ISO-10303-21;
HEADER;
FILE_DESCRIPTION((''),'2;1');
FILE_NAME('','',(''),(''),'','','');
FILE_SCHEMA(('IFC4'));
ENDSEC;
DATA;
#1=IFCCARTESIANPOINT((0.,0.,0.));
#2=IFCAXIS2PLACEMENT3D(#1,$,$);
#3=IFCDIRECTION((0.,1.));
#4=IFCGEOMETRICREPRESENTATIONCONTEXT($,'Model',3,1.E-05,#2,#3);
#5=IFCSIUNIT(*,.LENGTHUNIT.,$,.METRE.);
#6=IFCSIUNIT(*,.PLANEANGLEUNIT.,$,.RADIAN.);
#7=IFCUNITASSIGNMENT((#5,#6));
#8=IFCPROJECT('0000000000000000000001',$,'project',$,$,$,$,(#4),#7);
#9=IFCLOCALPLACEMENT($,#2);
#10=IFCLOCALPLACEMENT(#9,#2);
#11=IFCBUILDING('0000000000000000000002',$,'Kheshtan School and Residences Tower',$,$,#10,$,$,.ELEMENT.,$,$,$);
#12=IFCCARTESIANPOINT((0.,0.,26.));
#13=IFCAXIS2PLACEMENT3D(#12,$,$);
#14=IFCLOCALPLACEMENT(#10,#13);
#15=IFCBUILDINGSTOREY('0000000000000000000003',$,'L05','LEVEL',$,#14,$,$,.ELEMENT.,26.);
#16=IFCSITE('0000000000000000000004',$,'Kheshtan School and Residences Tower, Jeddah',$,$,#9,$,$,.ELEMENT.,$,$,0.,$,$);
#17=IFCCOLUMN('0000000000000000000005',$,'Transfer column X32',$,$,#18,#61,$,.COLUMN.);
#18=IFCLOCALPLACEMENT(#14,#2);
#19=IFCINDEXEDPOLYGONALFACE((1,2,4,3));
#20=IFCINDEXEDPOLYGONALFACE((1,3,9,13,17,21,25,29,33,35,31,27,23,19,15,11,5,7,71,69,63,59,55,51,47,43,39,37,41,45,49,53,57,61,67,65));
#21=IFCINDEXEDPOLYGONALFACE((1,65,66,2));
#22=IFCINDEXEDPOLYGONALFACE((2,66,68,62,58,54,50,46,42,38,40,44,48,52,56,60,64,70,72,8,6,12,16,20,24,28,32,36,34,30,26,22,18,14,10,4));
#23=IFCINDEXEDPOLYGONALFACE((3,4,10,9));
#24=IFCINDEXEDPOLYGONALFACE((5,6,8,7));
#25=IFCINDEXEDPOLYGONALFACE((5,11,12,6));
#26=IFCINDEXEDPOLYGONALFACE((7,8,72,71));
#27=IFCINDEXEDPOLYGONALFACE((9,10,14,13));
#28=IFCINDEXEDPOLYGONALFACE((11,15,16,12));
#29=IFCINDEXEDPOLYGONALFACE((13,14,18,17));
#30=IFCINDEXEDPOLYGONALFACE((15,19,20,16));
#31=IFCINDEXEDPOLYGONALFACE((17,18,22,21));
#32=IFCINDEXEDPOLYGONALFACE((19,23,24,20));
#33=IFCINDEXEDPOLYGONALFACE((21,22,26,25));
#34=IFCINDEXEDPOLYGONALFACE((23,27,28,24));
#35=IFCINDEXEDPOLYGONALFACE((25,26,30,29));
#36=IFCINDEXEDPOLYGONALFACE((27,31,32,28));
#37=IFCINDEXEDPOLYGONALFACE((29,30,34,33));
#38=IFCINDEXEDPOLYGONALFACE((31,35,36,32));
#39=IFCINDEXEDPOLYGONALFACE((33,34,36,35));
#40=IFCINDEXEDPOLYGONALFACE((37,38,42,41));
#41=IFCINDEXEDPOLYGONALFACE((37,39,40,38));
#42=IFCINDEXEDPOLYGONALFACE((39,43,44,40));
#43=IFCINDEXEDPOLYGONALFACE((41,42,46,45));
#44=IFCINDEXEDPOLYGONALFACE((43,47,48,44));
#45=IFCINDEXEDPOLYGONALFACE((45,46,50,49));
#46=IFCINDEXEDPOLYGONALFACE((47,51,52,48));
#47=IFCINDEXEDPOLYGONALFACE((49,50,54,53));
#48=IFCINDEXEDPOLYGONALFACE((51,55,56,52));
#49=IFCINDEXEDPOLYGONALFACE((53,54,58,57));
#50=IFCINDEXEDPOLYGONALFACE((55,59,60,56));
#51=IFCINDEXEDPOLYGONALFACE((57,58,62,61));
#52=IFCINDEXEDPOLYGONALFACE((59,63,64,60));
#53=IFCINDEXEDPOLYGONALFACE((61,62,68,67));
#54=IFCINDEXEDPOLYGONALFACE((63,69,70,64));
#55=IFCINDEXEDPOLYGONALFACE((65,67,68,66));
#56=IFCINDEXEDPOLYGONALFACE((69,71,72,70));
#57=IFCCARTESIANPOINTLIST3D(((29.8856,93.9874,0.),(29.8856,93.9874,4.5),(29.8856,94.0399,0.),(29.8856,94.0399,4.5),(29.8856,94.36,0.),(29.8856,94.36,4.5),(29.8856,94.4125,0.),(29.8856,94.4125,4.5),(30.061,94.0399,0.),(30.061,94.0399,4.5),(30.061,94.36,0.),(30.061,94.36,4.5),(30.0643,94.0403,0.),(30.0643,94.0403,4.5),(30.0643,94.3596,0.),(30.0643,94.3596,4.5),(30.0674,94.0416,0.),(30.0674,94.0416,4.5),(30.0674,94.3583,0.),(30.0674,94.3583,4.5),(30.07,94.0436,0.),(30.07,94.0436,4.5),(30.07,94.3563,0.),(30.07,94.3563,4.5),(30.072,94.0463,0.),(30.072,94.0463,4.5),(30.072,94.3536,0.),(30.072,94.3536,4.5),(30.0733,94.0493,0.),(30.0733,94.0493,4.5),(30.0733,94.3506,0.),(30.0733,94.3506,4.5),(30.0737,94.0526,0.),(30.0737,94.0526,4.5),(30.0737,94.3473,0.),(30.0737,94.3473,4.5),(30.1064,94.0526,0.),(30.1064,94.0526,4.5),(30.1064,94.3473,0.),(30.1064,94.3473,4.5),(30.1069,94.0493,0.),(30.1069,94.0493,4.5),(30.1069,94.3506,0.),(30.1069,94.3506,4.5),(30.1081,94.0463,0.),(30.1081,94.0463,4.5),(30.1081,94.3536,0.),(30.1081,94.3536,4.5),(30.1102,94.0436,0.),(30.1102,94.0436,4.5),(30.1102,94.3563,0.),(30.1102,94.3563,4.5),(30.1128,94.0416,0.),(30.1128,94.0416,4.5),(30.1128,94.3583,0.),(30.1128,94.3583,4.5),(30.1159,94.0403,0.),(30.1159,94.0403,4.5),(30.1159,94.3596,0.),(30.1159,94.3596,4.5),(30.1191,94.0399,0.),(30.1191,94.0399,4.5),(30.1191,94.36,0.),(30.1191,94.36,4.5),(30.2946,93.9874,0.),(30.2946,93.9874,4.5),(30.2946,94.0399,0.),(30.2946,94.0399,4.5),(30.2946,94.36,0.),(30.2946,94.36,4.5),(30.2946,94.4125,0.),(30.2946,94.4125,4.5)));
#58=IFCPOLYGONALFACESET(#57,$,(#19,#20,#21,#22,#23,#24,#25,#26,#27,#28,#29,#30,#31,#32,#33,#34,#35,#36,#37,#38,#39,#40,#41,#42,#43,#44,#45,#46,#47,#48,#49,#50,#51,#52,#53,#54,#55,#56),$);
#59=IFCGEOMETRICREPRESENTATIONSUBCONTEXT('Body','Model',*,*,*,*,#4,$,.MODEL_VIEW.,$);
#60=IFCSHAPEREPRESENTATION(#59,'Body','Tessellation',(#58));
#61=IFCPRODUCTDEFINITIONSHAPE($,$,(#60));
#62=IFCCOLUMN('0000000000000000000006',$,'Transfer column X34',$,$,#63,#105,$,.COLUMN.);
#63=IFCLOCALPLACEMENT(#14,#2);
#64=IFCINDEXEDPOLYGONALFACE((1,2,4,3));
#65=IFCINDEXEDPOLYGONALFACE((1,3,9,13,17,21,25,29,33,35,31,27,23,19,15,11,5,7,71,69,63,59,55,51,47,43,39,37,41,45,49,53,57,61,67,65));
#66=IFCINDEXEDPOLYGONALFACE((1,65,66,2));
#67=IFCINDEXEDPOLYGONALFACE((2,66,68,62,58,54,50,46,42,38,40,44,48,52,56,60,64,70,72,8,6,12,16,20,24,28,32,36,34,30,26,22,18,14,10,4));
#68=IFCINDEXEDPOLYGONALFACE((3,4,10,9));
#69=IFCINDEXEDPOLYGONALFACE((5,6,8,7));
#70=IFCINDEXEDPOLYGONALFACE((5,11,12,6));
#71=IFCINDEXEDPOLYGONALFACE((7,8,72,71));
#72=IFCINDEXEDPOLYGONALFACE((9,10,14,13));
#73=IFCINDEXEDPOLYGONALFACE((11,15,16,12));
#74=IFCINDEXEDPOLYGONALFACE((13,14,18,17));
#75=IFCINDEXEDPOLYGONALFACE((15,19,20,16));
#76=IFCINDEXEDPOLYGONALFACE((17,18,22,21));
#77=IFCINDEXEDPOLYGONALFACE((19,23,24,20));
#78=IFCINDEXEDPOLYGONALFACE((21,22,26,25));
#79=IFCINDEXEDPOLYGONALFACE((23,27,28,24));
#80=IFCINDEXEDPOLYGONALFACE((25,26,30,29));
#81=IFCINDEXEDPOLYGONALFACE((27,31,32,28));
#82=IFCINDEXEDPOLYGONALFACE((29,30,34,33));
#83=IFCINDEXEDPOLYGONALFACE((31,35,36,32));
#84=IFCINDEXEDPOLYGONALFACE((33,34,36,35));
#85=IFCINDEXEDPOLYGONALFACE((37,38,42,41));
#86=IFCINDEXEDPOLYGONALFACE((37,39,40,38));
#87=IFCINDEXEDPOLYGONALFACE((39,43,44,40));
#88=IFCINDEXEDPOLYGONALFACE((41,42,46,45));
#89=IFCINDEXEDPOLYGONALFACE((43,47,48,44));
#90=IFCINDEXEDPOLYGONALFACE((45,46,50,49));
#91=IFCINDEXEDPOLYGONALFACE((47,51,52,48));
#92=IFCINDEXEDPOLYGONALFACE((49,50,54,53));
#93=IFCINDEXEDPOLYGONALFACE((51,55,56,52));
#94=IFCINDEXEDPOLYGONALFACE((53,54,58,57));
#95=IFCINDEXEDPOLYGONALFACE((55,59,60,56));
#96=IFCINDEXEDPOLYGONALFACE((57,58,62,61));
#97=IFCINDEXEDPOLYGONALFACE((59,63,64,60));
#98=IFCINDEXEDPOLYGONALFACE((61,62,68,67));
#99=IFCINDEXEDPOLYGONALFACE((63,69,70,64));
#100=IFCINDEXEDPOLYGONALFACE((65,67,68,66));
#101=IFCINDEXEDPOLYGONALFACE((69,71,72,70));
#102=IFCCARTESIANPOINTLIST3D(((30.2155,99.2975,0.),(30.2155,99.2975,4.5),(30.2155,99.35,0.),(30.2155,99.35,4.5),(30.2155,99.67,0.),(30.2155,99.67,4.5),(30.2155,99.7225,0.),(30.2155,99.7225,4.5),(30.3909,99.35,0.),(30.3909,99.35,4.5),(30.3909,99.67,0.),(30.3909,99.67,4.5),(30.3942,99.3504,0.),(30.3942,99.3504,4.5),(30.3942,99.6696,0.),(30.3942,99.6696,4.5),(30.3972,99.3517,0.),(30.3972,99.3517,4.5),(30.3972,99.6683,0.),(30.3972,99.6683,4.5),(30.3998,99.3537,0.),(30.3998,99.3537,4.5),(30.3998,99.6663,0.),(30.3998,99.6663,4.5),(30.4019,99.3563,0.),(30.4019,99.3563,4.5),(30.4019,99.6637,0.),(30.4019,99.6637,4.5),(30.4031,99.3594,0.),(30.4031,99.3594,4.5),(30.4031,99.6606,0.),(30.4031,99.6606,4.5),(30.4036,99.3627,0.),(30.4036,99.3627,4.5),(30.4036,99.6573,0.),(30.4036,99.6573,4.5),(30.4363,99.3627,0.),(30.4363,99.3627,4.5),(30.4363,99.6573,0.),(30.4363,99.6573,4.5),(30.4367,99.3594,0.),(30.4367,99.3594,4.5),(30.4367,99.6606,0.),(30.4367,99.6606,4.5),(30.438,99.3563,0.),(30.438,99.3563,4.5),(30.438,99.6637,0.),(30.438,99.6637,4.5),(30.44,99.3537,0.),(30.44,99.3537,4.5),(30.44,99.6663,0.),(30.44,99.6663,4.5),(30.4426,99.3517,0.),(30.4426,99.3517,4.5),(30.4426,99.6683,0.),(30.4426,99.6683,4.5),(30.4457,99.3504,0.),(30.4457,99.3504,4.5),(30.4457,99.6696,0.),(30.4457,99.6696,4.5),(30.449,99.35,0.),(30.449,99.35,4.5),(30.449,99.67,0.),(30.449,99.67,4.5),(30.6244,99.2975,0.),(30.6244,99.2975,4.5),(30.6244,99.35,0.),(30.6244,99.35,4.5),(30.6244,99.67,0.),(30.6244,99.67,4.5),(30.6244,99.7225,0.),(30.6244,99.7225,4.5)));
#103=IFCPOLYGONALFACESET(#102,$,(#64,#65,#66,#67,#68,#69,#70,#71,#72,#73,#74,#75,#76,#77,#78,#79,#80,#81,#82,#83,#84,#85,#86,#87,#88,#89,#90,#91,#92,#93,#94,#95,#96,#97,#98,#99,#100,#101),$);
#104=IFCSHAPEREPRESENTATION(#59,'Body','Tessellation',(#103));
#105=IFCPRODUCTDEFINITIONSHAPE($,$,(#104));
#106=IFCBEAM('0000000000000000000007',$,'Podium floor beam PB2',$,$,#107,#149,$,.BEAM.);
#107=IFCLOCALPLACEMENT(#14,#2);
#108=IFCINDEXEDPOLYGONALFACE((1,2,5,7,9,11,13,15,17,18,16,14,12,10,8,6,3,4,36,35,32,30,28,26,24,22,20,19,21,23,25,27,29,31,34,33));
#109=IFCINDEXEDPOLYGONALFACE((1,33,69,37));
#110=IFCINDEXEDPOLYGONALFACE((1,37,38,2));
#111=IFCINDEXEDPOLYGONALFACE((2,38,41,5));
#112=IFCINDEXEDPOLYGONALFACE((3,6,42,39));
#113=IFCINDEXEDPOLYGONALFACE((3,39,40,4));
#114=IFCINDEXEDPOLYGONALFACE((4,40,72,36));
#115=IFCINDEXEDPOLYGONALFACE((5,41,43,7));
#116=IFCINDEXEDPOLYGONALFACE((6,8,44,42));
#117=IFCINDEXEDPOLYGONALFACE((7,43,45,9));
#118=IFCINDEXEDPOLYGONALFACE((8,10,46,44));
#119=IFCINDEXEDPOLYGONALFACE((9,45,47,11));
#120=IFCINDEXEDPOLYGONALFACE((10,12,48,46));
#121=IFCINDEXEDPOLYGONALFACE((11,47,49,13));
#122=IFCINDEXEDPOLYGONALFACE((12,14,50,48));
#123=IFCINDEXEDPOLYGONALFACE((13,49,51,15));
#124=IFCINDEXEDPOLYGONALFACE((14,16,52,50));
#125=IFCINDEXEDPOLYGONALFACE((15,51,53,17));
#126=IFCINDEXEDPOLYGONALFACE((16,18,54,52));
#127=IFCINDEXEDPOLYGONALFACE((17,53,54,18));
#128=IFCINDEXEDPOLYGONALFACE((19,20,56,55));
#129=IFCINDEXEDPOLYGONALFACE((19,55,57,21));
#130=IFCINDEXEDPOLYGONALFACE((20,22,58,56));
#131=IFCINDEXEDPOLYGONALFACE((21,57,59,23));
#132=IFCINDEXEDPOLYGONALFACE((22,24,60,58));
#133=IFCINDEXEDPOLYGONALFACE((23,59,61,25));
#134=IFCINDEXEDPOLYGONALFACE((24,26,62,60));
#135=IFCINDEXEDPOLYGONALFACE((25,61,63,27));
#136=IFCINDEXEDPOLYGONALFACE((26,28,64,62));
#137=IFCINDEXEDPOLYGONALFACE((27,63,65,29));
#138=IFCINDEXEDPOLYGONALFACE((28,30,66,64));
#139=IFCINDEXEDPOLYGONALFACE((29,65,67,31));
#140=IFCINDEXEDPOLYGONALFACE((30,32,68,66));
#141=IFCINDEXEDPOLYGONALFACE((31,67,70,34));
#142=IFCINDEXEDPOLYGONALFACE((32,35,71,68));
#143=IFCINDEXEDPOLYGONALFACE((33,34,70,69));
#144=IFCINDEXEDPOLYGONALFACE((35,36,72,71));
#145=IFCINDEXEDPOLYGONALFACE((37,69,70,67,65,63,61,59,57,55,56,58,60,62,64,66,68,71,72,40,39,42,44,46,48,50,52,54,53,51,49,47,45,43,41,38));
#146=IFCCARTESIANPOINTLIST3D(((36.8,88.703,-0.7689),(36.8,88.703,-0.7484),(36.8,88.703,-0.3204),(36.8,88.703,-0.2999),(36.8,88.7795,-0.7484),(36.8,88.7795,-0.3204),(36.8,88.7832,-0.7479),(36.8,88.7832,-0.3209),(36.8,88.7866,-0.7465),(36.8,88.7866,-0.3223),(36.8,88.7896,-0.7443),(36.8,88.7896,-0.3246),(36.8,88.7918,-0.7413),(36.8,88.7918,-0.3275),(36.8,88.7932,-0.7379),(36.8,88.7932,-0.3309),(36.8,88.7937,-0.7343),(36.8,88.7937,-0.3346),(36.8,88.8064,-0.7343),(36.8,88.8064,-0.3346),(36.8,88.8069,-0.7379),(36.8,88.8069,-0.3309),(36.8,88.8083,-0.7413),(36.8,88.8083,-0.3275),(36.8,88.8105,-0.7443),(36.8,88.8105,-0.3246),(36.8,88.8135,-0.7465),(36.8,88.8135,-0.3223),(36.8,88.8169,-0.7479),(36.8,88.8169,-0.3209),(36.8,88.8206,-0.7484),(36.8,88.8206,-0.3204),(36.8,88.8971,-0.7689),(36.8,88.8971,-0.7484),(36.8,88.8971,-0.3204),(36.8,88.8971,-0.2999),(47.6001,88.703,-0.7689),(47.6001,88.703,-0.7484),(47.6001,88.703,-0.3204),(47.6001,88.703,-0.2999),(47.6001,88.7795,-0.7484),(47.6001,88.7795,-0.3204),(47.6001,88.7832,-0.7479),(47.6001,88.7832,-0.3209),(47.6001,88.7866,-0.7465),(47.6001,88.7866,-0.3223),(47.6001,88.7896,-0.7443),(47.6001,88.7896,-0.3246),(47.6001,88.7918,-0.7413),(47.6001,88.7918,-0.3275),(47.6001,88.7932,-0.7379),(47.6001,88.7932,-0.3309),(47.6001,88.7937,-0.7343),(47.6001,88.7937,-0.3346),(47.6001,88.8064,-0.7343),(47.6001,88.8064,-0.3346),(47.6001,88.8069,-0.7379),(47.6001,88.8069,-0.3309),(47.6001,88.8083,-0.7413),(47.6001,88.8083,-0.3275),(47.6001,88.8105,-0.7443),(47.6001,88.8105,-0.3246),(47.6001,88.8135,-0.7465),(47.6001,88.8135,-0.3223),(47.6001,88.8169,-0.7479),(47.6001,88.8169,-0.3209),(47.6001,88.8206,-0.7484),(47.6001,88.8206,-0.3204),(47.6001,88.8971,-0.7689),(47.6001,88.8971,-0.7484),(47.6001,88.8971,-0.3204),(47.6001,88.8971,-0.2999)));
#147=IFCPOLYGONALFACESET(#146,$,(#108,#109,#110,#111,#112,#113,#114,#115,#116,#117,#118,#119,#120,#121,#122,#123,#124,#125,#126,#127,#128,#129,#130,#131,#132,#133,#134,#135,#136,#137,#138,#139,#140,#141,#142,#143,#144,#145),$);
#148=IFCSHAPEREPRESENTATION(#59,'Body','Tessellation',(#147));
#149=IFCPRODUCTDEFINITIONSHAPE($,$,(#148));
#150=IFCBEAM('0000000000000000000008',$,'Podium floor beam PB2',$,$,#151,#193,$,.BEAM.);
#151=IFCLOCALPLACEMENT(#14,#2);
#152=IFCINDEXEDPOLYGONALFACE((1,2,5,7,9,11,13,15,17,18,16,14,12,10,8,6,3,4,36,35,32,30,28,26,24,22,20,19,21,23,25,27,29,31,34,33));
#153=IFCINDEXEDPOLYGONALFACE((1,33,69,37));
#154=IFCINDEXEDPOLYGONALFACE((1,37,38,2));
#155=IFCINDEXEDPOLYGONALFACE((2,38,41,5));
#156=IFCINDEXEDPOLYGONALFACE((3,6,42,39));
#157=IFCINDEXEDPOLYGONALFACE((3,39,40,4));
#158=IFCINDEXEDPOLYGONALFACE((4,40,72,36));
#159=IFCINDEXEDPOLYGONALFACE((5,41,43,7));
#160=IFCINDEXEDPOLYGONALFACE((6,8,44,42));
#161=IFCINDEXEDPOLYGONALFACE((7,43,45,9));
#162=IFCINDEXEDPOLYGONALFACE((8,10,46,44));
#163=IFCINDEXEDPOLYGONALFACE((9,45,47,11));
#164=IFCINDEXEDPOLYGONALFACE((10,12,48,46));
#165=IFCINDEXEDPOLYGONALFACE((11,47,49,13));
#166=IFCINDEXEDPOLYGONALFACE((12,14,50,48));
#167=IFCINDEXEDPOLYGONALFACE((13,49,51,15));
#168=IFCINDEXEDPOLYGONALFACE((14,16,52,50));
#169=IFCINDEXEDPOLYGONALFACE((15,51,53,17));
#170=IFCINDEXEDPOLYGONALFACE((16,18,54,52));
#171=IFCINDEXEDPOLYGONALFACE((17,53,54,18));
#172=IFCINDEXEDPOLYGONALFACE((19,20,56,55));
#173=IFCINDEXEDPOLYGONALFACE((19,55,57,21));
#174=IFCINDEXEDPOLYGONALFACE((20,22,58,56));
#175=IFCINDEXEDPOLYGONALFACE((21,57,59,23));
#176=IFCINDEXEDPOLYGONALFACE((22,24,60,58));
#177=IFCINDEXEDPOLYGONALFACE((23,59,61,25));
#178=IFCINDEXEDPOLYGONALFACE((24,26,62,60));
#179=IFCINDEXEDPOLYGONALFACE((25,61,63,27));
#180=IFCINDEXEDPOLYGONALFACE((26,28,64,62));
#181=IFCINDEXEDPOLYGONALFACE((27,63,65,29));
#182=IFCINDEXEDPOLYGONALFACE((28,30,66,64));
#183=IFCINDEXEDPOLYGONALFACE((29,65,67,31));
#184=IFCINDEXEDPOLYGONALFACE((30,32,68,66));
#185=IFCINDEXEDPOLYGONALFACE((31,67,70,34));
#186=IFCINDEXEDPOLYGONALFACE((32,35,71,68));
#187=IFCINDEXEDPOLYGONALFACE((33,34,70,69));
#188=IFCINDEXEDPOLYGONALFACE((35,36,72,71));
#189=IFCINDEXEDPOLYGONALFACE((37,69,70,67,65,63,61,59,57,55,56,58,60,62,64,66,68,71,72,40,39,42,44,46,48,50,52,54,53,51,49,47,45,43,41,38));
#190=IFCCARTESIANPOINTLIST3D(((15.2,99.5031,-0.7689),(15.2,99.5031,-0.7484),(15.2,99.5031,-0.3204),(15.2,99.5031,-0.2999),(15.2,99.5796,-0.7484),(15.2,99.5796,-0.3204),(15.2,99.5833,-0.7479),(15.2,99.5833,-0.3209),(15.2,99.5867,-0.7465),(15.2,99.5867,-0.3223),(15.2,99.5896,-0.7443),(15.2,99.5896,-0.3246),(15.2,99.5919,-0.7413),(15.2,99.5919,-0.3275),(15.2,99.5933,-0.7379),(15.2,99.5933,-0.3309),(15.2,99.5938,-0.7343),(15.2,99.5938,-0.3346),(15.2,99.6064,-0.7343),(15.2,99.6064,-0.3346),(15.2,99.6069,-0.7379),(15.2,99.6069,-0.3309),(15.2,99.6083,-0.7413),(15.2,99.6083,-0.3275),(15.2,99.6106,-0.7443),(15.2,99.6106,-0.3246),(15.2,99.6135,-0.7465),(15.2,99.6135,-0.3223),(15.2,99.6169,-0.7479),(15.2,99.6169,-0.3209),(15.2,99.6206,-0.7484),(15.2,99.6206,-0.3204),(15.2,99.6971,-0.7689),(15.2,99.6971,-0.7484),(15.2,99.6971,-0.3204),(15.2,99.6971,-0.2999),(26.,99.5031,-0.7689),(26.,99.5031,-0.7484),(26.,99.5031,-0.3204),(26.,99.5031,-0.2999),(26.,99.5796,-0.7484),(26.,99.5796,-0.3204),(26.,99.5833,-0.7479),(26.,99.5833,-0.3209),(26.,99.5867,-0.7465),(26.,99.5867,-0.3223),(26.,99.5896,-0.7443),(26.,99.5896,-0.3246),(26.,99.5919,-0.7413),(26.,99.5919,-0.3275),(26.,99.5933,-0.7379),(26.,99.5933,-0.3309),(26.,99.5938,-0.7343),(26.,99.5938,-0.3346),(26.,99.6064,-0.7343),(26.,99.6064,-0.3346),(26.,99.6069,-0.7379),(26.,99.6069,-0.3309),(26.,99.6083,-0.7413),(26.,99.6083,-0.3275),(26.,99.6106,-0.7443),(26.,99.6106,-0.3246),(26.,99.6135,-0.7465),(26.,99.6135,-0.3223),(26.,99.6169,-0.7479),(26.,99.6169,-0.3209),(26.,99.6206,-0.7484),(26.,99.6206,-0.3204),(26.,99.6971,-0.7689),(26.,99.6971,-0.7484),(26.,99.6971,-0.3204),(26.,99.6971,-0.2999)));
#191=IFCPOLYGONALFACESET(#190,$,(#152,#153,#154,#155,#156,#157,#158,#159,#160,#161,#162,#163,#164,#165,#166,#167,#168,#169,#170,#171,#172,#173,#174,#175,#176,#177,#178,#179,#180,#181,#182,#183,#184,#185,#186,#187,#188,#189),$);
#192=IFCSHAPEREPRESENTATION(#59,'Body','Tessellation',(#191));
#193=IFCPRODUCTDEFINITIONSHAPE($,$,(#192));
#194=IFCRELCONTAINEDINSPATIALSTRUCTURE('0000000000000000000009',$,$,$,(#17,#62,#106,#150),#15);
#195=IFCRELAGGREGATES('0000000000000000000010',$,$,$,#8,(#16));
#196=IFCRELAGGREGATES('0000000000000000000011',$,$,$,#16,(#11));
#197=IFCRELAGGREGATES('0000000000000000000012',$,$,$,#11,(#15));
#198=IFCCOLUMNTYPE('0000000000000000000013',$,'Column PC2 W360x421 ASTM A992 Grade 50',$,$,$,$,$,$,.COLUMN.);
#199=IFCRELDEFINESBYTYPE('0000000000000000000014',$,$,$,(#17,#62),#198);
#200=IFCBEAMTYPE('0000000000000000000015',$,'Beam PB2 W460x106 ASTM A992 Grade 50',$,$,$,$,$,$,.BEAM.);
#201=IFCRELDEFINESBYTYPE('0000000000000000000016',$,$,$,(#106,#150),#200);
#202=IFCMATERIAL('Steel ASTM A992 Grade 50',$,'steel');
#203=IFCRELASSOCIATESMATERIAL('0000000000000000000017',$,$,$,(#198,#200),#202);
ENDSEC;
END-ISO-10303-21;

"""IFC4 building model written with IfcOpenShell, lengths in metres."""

from ifc_helpers import new_model, si_unit, direction, frame, origin, origin_2d, place, context, subcontext, project, spatial, i_section, extrude, material, material_profile, profile_set, type_object, element, save


model = new_model("IFC4")

# Units and contexts
model_context = context("Model", 3, precision=1e-05, world=origin(), true_north=direction((0.0, 1.0)))
body_context = subcontext(model_context, "Body", "Model", "MODEL_VIEW")
ifc_project = project(units=[si_unit("LENGTHUNIT", "METRE"), si_unit("PLANEANGLEUNIT", "RADIAN")], contexts=[model_context])

# Site, building, storey
site_placement = place(None, origin())
site = spatial("IfcSite", under=ifc_project, at=site_placement, Name="Kheshtan School and Residences Tower, Jeddah", CompositionType="ELEMENT", RefElevation=0.0)
building_placement = place(site_placement, origin())
building = spatial("IfcBuilding", under=site, at=building_placement, Name="Kheshtan School and Residences Tower", CompositionType="ELEMENT")
storey_placement = place(building_placement, frame((0.0, 0.0, 26.0)))
storey = spatial("IfcBuildingStorey", under=building, at=storey_placement, Name="L05", Description="LEVEL", CompositionType="ELEMENT", Elevation=26.0)

# Columns
ifc_material_1 = material(Name="Steel ASTM A992 Grade 50", Category="steel")
ifc_material_profile_1 = material_profile(ifc_material_1, i_section(OverallWidth=0.4089, OverallDepth=0.425, WebThickness=0.0327, FlangeThickness=0.0525, FilletRadius=0.0127, at=origin_2d()), Name="W360x421")
ifc_profile_set_1 = profile_set([ifc_material_profile_1], Name="Steel ASTM A992 Grade 50")
column_type = type_object("IfcColumnType", Name="Column PC2 W360x421 ASTM A992 Grade 50", PredefinedType="COLUMN", material=ifc_profile_set_1)
for number, where, z_axis, x_axis, name in (
    (1, (30.0901, 94.2, 0.0), (0.0, 0.0, 1.0), (1.0, 0.0, 0.0), "Transfer column X32"),
    (2, (30.4199, 99.51, 0.0), (0.0, 0.0, 1.0), (1.0, 0.0, 0.0), "Transfer column X34"),
):
    element("IfcColumn", number, at=place(storey_placement, frame(where, z_axis=z_axis, x_axis=x_axis)), inside=storey, type_object=column_type, Name=name, PredefinedType="COLUMN", context=body_context, shape_type="SweptSolid", body=[
        extrude(i_section(OverallWidth=0.4089, OverallDepth=0.425, WebThickness=0.0327, FlangeThickness=0.0525, FilletRadius=0.0127, at=origin_2d()), origin(), (0.0, 0.0, 1.0), 4.5),
    ])

# Beams
ifc_material_profile_2 = material_profile(ifc_material_1, i_section(OverallWidth=0.1941, OverallDepth=0.469, WebThickness=0.0127, FlangeThickness=0.0205, FilletRadius=0.0142, at=origin_2d()), Name="W460x106")
ifc_profile_set_2 = profile_set([ifc_material_profile_2], Name="Steel ASTM A992 Grade 50")
beam_type = type_object("IfcBeamType", Name="Beam PB2 W460x106 ASTM A992 Grade 50", PredefinedType="BEAM", material=ifc_profile_set_2)
for number, where, z_axis, x_axis, name in (
    (3, (36.8, 88.8, -0.5344), (1.0, 0.0, 0.0), (0.0, 1.0, 0.0), "Podium floor beam PB2"),
    (4, (15.2, 99.6001, -0.5344), (1.0, 0.0, 0.0), (0.0, 1.0, 0.0), "Podium floor beam PB2"),
):
    element("IfcBeam", number, at=place(storey_placement, frame(where, z_axis=z_axis, x_axis=x_axis)), inside=storey, type_object=beam_type, Name=name, PredefinedType="BEAM", context=body_context, shape_type="SweptSolid", body=[
        extrude(i_section(OverallWidth=0.1941, OverallDepth=0.469, WebThickness=0.0127, FlangeThickness=0.0205, FilletRadius=0.0142, at=origin_2d()), origin(), (0.0, 0.0, 1.0), 10.8),
    ])

save(model, "model.ifc")
